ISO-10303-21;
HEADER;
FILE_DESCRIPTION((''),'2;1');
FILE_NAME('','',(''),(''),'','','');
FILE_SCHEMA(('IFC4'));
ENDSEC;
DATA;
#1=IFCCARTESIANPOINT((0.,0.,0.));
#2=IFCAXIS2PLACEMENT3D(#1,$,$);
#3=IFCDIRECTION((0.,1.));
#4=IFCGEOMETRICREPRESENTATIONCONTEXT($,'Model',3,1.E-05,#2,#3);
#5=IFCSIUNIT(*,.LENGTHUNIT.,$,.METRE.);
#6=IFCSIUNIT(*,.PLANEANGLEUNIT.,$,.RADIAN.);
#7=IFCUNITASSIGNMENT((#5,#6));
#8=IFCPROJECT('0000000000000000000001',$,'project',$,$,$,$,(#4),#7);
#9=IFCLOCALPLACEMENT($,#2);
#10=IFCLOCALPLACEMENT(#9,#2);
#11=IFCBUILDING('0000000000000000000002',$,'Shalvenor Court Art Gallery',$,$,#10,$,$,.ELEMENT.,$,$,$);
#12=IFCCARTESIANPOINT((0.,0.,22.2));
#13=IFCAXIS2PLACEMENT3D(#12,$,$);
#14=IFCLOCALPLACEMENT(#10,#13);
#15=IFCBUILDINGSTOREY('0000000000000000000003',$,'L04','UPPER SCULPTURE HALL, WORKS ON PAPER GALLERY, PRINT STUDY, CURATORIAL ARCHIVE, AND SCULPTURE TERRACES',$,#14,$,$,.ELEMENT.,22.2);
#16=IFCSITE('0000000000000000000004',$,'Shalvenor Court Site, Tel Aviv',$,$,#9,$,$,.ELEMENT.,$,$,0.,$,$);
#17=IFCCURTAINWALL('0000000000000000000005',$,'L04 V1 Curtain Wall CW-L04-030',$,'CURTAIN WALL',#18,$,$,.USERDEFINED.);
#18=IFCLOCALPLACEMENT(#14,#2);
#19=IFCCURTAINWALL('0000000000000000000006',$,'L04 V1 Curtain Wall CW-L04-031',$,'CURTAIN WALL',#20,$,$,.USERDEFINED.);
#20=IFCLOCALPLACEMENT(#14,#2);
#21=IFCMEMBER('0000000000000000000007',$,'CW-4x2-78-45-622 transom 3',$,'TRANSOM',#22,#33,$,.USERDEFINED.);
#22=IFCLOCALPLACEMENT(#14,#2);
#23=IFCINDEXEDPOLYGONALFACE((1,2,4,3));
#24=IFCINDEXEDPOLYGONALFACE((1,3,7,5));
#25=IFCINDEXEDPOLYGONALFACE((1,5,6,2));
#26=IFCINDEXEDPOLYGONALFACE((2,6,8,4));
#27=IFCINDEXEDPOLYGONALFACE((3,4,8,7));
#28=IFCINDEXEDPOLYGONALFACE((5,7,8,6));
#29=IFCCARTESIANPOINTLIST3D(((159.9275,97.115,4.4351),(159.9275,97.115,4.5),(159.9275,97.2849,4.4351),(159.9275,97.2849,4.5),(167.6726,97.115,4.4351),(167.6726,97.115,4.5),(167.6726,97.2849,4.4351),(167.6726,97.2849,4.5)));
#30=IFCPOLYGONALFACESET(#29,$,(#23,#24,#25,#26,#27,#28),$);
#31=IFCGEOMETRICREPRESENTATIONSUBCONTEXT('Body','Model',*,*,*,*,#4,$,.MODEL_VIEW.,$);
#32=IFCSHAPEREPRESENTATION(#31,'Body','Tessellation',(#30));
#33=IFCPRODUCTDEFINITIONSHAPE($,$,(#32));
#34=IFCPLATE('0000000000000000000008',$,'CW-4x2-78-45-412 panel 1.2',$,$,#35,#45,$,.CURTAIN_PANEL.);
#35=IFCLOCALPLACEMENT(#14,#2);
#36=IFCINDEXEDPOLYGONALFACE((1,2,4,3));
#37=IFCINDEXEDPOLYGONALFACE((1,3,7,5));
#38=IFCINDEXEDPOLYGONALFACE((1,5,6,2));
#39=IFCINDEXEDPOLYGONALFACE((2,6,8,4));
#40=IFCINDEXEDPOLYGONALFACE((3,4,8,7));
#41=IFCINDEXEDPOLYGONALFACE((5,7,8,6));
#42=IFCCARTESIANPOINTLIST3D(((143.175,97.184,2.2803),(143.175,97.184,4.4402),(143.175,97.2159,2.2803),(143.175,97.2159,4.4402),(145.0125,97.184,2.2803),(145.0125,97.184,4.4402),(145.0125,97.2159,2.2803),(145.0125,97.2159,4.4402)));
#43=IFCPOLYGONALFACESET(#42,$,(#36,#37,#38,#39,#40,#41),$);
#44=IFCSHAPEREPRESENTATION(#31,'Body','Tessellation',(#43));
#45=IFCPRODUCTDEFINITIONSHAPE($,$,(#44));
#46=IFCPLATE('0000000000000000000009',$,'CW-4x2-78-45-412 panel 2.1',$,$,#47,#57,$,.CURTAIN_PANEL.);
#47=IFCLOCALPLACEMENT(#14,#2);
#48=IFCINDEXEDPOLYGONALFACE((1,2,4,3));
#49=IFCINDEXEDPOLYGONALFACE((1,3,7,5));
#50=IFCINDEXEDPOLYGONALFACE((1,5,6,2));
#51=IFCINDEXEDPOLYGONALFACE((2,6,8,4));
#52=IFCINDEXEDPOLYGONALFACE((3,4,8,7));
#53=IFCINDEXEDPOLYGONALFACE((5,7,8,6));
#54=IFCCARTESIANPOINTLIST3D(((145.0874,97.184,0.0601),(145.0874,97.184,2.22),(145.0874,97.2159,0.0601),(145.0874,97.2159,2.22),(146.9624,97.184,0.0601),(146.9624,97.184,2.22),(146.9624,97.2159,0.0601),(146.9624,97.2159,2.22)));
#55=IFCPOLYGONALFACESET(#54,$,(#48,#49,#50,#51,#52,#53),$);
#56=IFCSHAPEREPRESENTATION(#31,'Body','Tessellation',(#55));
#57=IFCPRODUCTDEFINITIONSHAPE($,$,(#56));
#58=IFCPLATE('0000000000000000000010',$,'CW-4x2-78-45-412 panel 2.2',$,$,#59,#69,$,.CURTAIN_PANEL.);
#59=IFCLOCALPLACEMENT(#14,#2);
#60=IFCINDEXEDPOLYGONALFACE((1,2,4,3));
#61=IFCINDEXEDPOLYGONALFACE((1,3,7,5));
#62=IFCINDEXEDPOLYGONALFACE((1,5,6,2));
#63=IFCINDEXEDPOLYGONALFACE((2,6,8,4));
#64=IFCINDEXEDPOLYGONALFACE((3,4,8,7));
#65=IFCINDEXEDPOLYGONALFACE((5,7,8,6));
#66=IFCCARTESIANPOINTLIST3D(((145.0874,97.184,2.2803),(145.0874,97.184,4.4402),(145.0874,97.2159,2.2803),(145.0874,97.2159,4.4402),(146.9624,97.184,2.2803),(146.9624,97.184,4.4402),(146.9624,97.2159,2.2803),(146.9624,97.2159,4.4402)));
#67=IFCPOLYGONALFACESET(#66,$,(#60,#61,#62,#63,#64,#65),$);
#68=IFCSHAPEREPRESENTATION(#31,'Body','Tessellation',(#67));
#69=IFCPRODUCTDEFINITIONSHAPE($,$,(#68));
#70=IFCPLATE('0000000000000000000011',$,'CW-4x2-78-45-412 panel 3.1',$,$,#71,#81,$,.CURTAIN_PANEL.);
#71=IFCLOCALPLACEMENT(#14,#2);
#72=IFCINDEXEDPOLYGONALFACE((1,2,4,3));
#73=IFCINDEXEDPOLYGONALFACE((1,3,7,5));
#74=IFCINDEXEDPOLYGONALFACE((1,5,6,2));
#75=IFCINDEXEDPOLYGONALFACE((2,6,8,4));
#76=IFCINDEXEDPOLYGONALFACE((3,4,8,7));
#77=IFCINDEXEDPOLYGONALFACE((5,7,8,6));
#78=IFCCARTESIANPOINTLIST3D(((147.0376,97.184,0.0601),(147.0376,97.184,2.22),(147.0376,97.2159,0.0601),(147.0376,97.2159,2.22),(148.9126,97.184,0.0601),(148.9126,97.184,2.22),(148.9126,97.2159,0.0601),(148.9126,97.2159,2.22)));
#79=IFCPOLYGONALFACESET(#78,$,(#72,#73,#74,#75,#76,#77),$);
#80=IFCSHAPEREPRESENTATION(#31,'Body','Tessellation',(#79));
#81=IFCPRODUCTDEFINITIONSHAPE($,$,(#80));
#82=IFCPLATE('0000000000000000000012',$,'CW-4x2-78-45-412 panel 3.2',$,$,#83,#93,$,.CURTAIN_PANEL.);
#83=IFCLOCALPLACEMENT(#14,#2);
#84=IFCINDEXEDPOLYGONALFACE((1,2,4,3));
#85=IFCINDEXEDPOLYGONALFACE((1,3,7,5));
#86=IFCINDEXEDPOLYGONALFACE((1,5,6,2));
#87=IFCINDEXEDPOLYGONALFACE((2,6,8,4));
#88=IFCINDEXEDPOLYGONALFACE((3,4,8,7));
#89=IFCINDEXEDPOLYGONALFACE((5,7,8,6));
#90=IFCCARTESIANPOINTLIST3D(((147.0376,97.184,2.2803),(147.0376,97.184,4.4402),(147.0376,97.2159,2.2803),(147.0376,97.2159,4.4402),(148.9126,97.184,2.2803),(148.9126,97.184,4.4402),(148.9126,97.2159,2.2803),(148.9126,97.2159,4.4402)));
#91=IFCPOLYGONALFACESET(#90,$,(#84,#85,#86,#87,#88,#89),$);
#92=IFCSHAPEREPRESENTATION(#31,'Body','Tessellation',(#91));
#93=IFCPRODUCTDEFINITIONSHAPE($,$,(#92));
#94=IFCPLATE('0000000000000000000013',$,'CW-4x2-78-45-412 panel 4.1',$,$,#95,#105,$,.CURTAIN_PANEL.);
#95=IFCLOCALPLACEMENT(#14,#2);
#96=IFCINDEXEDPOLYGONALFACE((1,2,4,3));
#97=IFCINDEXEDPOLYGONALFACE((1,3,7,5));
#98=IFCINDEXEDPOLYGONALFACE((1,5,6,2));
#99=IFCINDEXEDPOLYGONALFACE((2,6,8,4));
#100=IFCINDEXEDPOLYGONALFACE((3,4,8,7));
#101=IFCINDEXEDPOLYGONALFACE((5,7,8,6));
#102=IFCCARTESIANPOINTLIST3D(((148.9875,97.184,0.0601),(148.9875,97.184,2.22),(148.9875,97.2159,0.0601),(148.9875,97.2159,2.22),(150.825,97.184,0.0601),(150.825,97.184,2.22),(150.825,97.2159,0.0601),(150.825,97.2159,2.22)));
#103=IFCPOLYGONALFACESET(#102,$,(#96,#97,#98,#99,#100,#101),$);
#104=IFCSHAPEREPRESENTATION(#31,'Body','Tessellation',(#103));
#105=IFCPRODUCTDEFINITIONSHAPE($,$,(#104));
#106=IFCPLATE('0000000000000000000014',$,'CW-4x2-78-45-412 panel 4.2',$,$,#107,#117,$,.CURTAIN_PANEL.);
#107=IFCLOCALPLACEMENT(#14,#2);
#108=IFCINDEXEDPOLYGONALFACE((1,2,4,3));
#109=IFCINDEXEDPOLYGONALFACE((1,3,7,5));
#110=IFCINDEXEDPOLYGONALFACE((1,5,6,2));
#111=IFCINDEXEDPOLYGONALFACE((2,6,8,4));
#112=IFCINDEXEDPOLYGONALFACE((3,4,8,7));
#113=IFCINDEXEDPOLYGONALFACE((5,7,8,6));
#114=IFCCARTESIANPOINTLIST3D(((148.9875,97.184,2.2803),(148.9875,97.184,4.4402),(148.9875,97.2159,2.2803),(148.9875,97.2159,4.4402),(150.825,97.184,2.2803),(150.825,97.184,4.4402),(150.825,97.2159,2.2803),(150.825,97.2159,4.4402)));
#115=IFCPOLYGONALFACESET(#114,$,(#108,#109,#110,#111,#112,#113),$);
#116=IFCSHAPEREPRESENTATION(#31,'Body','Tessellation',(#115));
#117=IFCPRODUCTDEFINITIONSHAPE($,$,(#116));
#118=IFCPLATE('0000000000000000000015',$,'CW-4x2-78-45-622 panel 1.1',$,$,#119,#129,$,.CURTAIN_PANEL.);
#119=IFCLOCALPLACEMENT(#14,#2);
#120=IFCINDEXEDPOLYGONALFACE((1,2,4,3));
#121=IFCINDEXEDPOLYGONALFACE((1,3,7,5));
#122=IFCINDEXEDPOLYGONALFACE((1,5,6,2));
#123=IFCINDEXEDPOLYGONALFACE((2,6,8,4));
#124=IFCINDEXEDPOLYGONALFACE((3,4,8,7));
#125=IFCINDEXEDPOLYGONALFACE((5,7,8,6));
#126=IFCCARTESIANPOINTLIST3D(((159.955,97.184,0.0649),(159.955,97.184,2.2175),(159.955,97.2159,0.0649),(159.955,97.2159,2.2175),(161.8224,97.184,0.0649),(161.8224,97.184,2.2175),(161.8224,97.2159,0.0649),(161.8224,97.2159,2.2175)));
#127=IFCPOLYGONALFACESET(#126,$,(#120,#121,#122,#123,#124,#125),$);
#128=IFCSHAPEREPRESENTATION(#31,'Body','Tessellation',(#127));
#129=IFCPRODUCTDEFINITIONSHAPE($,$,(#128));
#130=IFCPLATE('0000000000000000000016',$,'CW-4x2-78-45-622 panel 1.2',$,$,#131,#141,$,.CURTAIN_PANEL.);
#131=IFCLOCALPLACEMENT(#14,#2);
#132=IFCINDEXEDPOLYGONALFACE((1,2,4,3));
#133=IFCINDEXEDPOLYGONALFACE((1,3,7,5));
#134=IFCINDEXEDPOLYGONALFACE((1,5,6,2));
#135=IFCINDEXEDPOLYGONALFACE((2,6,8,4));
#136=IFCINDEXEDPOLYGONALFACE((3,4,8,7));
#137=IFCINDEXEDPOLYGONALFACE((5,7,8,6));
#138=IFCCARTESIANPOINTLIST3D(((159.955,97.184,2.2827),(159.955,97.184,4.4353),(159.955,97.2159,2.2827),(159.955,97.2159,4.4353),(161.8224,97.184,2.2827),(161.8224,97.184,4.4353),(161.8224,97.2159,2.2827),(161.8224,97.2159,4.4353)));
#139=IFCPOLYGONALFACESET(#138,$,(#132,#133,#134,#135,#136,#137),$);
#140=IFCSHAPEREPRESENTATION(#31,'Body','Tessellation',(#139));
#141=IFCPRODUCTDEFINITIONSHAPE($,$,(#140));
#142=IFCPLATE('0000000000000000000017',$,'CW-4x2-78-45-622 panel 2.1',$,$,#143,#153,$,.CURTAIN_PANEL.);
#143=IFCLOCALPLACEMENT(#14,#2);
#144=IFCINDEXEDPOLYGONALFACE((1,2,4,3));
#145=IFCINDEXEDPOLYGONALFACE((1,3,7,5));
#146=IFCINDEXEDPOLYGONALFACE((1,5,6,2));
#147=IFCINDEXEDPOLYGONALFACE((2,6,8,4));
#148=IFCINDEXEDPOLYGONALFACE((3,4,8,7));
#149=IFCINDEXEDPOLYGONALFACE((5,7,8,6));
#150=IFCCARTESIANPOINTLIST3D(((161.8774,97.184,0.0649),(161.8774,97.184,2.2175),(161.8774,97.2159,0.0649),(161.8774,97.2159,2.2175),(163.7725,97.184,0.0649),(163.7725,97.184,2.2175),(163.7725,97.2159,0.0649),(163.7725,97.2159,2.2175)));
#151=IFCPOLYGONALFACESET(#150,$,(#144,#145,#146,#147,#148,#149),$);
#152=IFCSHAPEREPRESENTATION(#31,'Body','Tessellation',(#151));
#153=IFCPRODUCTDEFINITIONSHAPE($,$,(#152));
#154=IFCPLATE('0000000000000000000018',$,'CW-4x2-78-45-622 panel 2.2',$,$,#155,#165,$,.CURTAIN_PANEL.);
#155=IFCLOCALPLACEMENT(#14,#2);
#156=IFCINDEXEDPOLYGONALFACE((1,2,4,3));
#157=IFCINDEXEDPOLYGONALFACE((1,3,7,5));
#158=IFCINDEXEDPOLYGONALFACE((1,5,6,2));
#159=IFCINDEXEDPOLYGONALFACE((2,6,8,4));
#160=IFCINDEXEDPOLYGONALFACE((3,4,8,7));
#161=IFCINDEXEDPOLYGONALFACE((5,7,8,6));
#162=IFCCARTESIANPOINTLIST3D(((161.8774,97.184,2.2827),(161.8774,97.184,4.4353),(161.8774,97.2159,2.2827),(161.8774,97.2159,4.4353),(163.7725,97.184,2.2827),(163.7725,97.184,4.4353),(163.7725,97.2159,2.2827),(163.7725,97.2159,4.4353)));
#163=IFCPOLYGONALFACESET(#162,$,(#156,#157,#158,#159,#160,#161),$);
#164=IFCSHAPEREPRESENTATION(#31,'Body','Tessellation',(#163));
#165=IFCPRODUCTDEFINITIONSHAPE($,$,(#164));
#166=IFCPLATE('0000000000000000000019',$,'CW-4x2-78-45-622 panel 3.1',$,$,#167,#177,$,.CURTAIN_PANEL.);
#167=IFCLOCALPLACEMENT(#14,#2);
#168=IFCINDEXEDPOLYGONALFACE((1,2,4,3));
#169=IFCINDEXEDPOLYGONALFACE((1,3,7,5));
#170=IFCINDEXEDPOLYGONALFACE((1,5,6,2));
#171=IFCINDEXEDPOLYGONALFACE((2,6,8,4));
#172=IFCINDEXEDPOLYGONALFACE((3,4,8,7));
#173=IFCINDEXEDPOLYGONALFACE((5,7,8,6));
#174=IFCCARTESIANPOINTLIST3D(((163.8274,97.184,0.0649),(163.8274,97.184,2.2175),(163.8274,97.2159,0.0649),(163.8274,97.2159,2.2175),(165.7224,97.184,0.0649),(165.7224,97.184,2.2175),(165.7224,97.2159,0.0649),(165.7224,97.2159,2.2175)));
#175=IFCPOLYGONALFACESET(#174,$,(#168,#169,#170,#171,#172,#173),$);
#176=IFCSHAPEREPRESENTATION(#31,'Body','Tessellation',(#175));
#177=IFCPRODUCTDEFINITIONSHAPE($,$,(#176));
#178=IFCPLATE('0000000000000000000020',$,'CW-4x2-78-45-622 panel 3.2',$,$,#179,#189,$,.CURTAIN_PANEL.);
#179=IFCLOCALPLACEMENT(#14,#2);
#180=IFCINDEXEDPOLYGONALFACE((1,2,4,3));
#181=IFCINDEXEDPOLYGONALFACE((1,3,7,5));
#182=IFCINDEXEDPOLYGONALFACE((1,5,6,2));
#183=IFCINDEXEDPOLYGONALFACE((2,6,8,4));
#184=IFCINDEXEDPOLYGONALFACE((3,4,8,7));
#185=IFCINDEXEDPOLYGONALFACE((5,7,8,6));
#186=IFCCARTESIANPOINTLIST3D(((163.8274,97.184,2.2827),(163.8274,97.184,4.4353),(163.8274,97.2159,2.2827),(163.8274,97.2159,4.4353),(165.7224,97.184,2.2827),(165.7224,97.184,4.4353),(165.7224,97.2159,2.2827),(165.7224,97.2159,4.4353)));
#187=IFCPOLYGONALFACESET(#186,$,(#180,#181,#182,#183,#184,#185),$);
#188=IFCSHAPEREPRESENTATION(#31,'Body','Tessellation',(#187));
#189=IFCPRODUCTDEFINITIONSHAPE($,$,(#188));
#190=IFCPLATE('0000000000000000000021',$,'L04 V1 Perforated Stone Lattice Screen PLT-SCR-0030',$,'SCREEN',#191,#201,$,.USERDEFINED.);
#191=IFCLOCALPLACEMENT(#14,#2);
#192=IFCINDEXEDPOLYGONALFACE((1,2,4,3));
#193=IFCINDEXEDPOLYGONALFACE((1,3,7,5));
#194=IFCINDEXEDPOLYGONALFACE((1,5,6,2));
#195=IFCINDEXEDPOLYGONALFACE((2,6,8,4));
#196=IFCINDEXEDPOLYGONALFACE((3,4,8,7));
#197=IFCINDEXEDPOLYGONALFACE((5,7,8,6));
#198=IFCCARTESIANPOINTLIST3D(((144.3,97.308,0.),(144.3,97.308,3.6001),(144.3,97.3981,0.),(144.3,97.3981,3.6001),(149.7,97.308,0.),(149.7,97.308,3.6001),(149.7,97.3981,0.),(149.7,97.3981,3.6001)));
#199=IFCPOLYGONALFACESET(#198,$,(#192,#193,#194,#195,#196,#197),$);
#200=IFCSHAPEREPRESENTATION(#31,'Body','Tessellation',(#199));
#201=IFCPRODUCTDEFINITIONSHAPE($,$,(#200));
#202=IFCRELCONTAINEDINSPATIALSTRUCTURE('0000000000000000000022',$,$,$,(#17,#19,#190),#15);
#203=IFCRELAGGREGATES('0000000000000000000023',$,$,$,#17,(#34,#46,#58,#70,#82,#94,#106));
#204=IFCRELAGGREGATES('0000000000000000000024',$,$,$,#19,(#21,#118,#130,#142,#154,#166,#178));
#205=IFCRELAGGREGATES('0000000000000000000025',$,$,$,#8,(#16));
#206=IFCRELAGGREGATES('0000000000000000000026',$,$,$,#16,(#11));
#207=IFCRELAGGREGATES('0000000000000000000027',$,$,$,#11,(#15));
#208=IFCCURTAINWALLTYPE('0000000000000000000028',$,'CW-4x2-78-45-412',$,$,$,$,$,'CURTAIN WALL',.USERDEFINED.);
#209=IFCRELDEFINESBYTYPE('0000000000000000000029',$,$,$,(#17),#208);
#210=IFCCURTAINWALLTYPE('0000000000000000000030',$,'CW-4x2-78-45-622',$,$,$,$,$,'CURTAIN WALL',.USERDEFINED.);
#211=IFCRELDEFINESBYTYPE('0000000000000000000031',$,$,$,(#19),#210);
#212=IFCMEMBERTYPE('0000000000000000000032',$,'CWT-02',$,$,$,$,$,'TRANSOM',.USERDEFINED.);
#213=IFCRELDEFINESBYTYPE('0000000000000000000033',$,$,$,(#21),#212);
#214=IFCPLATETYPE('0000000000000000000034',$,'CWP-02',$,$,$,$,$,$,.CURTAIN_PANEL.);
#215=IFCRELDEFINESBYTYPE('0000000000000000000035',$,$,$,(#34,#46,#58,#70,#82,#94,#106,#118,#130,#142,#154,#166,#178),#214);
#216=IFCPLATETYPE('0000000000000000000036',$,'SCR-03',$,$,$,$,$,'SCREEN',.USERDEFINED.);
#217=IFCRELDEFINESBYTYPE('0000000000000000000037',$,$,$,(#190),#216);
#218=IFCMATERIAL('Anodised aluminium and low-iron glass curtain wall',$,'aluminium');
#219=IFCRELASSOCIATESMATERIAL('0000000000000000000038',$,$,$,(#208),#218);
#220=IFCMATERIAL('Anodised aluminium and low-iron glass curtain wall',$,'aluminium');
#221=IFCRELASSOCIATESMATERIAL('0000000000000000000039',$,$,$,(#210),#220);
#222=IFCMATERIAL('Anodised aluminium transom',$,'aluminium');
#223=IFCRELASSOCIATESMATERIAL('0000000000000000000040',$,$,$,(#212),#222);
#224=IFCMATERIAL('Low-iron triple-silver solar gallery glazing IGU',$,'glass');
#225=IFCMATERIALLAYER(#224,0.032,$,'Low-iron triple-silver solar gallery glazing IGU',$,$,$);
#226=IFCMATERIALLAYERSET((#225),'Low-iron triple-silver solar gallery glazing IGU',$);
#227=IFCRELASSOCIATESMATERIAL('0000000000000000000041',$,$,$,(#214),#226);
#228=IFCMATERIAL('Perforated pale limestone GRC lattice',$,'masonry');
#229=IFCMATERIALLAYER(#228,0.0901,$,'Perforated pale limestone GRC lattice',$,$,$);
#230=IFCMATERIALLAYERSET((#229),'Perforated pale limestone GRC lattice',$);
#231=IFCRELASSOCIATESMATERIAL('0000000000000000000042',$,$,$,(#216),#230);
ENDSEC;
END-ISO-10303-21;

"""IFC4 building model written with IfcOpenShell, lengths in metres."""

from ifc_helpers import new_model, si_unit, direction, frame, origin, origin_2d, place, context, subcontext, project, spatial, rectangle, extrude, material, layer, layer_set, material_profile, profile_set, type_object, element, aggregate, save


model = new_model("IFC4")

# Units and contexts
model_context = context("Model", 3, precision=1e-05, world=origin(), true_north=direction((0.0, 1.0)))
body_context = subcontext(model_context, "Body", "Model", "MODEL_VIEW")
ifc_project = project(units=[si_unit("LENGTHUNIT", "METRE"), si_unit("PLANEANGLEUNIT", "RADIAN")], contexts=[model_context])

# Site, building, storey
site_placement = place(None, origin())
site = spatial("IfcSite", under=ifc_project, at=site_placement, Name="Shalvenor Court Site, Tel Aviv", CompositionType="ELEMENT", RefElevation=0.0)
building_placement = place(site_placement, origin())
building = spatial("IfcBuilding", under=site, at=building_placement, Name="Shalvenor Court Art Gallery", CompositionType="ELEMENT")
storey_placement = place(building_placement, frame((0.0, 0.0, 22.2)))
storey = spatial("IfcBuildingStorey", under=building, at=storey_placement, Name="L04", Description="UPPER SCULPTURE HALL, WORKS ON PAPER GALLERY, PRINT STUDY, CURATORIAL ARCHIVE, AND SCULPTURE TERRACES", CompositionType="ELEMENT", Elevation=22.2)

# Curtain walls, member
ifc_material_1 = material(Name="Anodised aluminium and low-iron glass curtain wall", Category="aluminium")
curtain_wall_type_1 = type_object("IfcCurtainWallType", Name="CW-4x2-78-45-412", ElementType="CURTAIN WALL", PredefinedType="USERDEFINED", material=ifc_material_1)
curtain_wall_1_placement = place(storey_placement, origin())
curtain_wall_1 = element("IfcCurtainWall", 1, at=curtain_wall_1_placement, inside=storey, type_object=curtain_wall_type_1, Name="L04 V1 Curtain Wall CW-L04-030", ObjectType="CURTAIN WALL", PredefinedType="USERDEFINED")
ifc_material_2 = material(Name="Anodised aluminium and low-iron glass curtain wall", Category="aluminium")
curtain_wall_type_2 = type_object("IfcCurtainWallType", Name="CW-4x2-78-45-622", ElementType="CURTAIN WALL", PredefinedType="USERDEFINED", material=ifc_material_2)
curtain_wall_2_placement = place(storey_placement, origin())
curtain_wall_2 = element("IfcCurtainWall", 2, at=curtain_wall_2_placement, inside=storey, type_object=curtain_wall_type_2, Name="L04 V1 Curtain Wall CW-L04-031", ObjectType="CURTAIN WALL", PredefinedType="USERDEFINED")
ifc_material_3 = material(Name="Anodised aluminium transom", Category="aluminium")
ifc_material_profile_1 = material_profile(ifc_material_3, rectangle(XDim=0.1699, YDim=0.0649, at=origin_2d()), Name="CWT-02")
ifc_profile_set_1 = profile_set([ifc_material_profile_1], Name="Anodised aluminium transom")
member_type_1 = type_object("IfcMemberType", Name="CWT-02", ElementType="TRANSOM", PredefinedType="USERDEFINED", material=ifc_profile_set_1)
member_1_placement = place(storey_placement, frame((159.9275, 97.2, 4.4675), z_axis=(1.0, 0.0, 0.0), x_axis=(0.0, 1.0, 0.0)))
member_1 = element("IfcMember", 3, at=member_1_placement, type_object=member_type_1, Name="CW-4x2-78-45-622 transom 3", ObjectType="TRANSOM", PredefinedType="USERDEFINED", context=body_context, shape_type="SweptSolid", body=[
    extrude(rectangle(XDim=0.1699, YDim=0.0649, at=origin_2d()), origin(), (0.0, 0.0, 1.0), 7.7451),
])

# Plates
ifc_material_4 = material(Name="Low-iron triple-silver solar gallery glazing IGU", Category="glass")
ifc_layer_1 = layer(ifc_material_4, 0.032, Name="Low-iron triple-silver solar gallery glazing IGU")
ifc_layer_set_1 = layer_set([ifc_layer_1], Name="Low-iron triple-silver solar gallery glazing IGU")
plate_type_1 = type_object("IfcPlateType", Name="CWP-02", PredefinedType="CURTAIN_PANEL", material=ifc_layer_set_1)
plate_1_placement = place(storey_placement, frame((144.0938, 97.2, 2.2803), z_axis=(0.0, 0.0, 1.0), x_axis=(1.0, 0.0, 0.0)))
plate_1 = element("IfcPlate", 4, at=plate_1_placement, type_object=plate_type_1, Name="CW-4x2-78-45-412 panel 1.2", PredefinedType="CURTAIN_PANEL", context=body_context, shape_type="SweptSolid", body=[
    extrude(rectangle(XDim=1.8374, YDim=0.032, at=origin_2d()), origin(), (0.0, 0.0, 1.0), 2.1599),
])
plate_2_placement = place(storey_placement, frame((146.0249, 97.2, 0.0601), z_axis=(0.0, 0.0, 1.0), x_axis=(1.0, 0.0, 0.0)))
plate_2 = element("IfcPlate", 5, at=plate_2_placement, type_object=plate_type_1, Name="CW-4x2-78-45-412 panel 2.1", PredefinedType="CURTAIN_PANEL", context=body_context, shape_type="SweptSolid", body=[
    extrude(rectangle(XDim=1.875, YDim=0.032, at=origin_2d()), origin(), (0.0, 0.0, 1.0), 2.1599),
])
plate_3_placement = place(storey_placement, frame((146.0249, 97.2, 2.2803), z_axis=(0.0, 0.0, 1.0), x_axis=(1.0, 0.0, 0.0)))
plate_3 = element("IfcPlate", 6, at=plate_3_placement, type_object=plate_type_1, Name="CW-4x2-78-45-412 panel 2.2", PredefinedType="CURTAIN_PANEL", context=body_context, shape_type="SweptSolid", body=[
    extrude(rectangle(XDim=1.875, YDim=0.032, at=origin_2d()), origin(), (0.0, 0.0, 1.0), 2.1599),
])
plate_4_placement = place(storey_placement, frame((147.9751, 97.2, 0.0601), z_axis=(0.0, 0.0, 1.0), x_axis=(1.0, 0.0, 0.0)))
plate_4 = element("IfcPlate", 7, at=plate_4_placement, type_object=plate_type_1, Name="CW-4x2-78-45-412 panel 3.1", PredefinedType="CURTAIN_PANEL", context=body_context, shape_type="SweptSolid", body=[
    extrude(rectangle(XDim=1.875, YDim=0.032, at=origin_2d()), origin(), (0.0, 0.0, 1.0), 2.1599),
])
plate_5_placement = place(storey_placement, frame((147.9751, 97.2, 2.2803), z_axis=(0.0, 0.0, 1.0), x_axis=(1.0, 0.0, 0.0)))
plate_5 = element("IfcPlate", 8, at=plate_5_placement, type_object=plate_type_1, Name="CW-4x2-78-45-412 panel 3.2", PredefinedType="CURTAIN_PANEL", context=body_context, shape_type="SweptSolid", body=[
    extrude(rectangle(XDim=1.875, YDim=0.032, at=origin_2d()), origin(), (0.0, 0.0, 1.0), 2.1599),
])
plate_6_placement = place(storey_placement, frame((149.9062, 97.2, 0.0601), z_axis=(0.0, 0.0, 1.0), x_axis=(1.0, 0.0, 0.0)))
plate_6 = element("IfcPlate", 9, at=plate_6_placement, type_object=plate_type_1, Name="CW-4x2-78-45-412 panel 4.1", PredefinedType="CURTAIN_PANEL", context=body_context, shape_type="SweptSolid", body=[
    extrude(rectangle(XDim=1.8374, YDim=0.032, at=origin_2d()), origin(), (0.0, 0.0, 1.0), 2.1599),
])
plate_7_placement = place(storey_placement, frame((149.9062, 97.2, 2.2803), z_axis=(0.0, 0.0, 1.0), x_axis=(1.0, 0.0, 0.0)))
plate_7 = element("IfcPlate", 10, at=plate_7_placement, type_object=plate_type_1, Name="CW-4x2-78-45-412 panel 4.2", PredefinedType="CURTAIN_PANEL", context=body_context, shape_type="SweptSolid", body=[
    extrude(rectangle(XDim=1.8374, YDim=0.032, at=origin_2d()), origin(), (0.0, 0.0, 1.0), 2.1599),
])
aggregate(curtain_wall_1, [plate_1, plate_2, plate_3, plate_4, plate_5, plate_6, plate_7])
plate_8_placement = place(storey_placement, frame((160.8887, 97.2, 0.0649), z_axis=(0.0, 0.0, 1.0), x_axis=(1.0, 0.0, 0.0)))
plate_8 = element("IfcPlate", 11, at=plate_8_placement, type_object=plate_type_1, Name="CW-4x2-78-45-622 panel 1.1", PredefinedType="CURTAIN_PANEL", context=body_context, shape_type="SweptSolid", body=[
    extrude(rectangle(XDim=1.8674, YDim=0.032, at=origin_2d()), origin(), (0.0, 0.0, 1.0), 2.1526),
])
plate_9_placement = place(storey_placement, frame((160.8887, 97.2, 2.2827), z_axis=(0.0, 0.0, 1.0), x_axis=(1.0, 0.0, 0.0)))
plate_9 = element("IfcPlate", 12, at=plate_9_placement, type_object=plate_type_1, Name="CW-4x2-78-45-622 panel 1.2", PredefinedType="CURTAIN_PANEL", context=body_context, shape_type="SweptSolid", body=[
    extrude(rectangle(XDim=1.8674, YDim=0.032, at=origin_2d()), origin(), (0.0, 0.0, 1.0), 2.1526),
])
plate_10_placement = place(storey_placement, frame((162.825, 97.2, 0.0649), z_axis=(0.0, 0.0, 1.0), x_axis=(1.0, 0.0, 0.0)))
plate_10 = element("IfcPlate", 13, at=plate_10_placement, type_object=plate_type_1, Name="CW-4x2-78-45-622 panel 2.1", PredefinedType="CURTAIN_PANEL", context=body_context, shape_type="SweptSolid", body=[
    extrude(rectangle(XDim=1.895, YDim=0.032, at=origin_2d()), origin(), (0.0, 0.0, 1.0), 2.1526),
])
plate_11_placement = place(storey_placement, frame((162.825, 97.2, 2.2827), z_axis=(0.0, 0.0, 1.0), x_axis=(1.0, 0.0, 0.0)))
plate_11 = element("IfcPlate", 14, at=plate_11_placement, type_object=plate_type_1, Name="CW-4x2-78-45-622 panel 2.2", PredefinedType="CURTAIN_PANEL", context=body_context, shape_type="SweptSolid", body=[
    extrude(rectangle(XDim=1.895, YDim=0.032, at=origin_2d()), origin(), (0.0, 0.0, 1.0), 2.1526),
])
plate_12_placement = place(storey_placement, frame((164.7749, 97.2, 0.0649), z_axis=(0.0, 0.0, 1.0), x_axis=(1.0, 0.0, 0.0)))
plate_12 = element("IfcPlate", 15, at=plate_12_placement, type_object=plate_type_1, Name="CW-4x2-78-45-622 panel 3.1", PredefinedType="CURTAIN_PANEL", context=body_context, shape_type="SweptSolid", body=[
    extrude(rectangle(XDim=1.895, YDim=0.032, at=origin_2d()), origin(), (0.0, 0.0, 1.0), 2.1526),
])
plate_13_placement = place(storey_placement, frame((164.7749, 97.2, 2.2827), z_axis=(0.0, 0.0, 1.0), x_axis=(1.0, 0.0, 0.0)))
plate_13 = element("IfcPlate", 16, at=plate_13_placement, type_object=plate_type_1, Name="CW-4x2-78-45-622 panel 3.2", PredefinedType="CURTAIN_PANEL", context=body_context, shape_type="SweptSolid", body=[
    extrude(rectangle(XDim=1.895, YDim=0.032, at=origin_2d()), origin(), (0.0, 0.0, 1.0), 2.1526),
])
aggregate(curtain_wall_2, [member_1, plate_8, plate_9, plate_10, plate_11, plate_12, plate_13])

# Plate
ifc_material_5 = material(Name="Perforated pale limestone GRC lattice", Category="masonry")
ifc_layer_2 = layer(ifc_material_5, 0.0901, Name="Perforated pale limestone GRC lattice")
ifc_layer_set_2 = layer_set([ifc_layer_2], Name="Perforated pale limestone GRC lattice")
plate_type_2 = type_object("IfcPlateType", Name="SCR-03", ElementType="SCREEN", PredefinedType="USERDEFINED", material=ifc_layer_set_2)
plate_14_placement = place(storey_placement, frame((147.0, 97.353, 0.0), z_axis=(0.0, 0.0, 1.0), x_axis=(1.0, 0.0, 0.0)))
element("IfcPlate", 17, at=plate_14_placement, inside=storey, type_object=plate_type_2, Name="L04 V1 Perforated Stone Lattice Screen PLT-SCR-0030", ObjectType="SCREEN", PredefinedType="USERDEFINED", context=body_context, shape_type="SweptSolid", body=[
    extrude(rectangle(XDim=5.3999, YDim=0.0901, at=origin_2d()), origin(), (0.0, 0.0, 1.0), 3.6001),
])

save(model, "model.ifc")
